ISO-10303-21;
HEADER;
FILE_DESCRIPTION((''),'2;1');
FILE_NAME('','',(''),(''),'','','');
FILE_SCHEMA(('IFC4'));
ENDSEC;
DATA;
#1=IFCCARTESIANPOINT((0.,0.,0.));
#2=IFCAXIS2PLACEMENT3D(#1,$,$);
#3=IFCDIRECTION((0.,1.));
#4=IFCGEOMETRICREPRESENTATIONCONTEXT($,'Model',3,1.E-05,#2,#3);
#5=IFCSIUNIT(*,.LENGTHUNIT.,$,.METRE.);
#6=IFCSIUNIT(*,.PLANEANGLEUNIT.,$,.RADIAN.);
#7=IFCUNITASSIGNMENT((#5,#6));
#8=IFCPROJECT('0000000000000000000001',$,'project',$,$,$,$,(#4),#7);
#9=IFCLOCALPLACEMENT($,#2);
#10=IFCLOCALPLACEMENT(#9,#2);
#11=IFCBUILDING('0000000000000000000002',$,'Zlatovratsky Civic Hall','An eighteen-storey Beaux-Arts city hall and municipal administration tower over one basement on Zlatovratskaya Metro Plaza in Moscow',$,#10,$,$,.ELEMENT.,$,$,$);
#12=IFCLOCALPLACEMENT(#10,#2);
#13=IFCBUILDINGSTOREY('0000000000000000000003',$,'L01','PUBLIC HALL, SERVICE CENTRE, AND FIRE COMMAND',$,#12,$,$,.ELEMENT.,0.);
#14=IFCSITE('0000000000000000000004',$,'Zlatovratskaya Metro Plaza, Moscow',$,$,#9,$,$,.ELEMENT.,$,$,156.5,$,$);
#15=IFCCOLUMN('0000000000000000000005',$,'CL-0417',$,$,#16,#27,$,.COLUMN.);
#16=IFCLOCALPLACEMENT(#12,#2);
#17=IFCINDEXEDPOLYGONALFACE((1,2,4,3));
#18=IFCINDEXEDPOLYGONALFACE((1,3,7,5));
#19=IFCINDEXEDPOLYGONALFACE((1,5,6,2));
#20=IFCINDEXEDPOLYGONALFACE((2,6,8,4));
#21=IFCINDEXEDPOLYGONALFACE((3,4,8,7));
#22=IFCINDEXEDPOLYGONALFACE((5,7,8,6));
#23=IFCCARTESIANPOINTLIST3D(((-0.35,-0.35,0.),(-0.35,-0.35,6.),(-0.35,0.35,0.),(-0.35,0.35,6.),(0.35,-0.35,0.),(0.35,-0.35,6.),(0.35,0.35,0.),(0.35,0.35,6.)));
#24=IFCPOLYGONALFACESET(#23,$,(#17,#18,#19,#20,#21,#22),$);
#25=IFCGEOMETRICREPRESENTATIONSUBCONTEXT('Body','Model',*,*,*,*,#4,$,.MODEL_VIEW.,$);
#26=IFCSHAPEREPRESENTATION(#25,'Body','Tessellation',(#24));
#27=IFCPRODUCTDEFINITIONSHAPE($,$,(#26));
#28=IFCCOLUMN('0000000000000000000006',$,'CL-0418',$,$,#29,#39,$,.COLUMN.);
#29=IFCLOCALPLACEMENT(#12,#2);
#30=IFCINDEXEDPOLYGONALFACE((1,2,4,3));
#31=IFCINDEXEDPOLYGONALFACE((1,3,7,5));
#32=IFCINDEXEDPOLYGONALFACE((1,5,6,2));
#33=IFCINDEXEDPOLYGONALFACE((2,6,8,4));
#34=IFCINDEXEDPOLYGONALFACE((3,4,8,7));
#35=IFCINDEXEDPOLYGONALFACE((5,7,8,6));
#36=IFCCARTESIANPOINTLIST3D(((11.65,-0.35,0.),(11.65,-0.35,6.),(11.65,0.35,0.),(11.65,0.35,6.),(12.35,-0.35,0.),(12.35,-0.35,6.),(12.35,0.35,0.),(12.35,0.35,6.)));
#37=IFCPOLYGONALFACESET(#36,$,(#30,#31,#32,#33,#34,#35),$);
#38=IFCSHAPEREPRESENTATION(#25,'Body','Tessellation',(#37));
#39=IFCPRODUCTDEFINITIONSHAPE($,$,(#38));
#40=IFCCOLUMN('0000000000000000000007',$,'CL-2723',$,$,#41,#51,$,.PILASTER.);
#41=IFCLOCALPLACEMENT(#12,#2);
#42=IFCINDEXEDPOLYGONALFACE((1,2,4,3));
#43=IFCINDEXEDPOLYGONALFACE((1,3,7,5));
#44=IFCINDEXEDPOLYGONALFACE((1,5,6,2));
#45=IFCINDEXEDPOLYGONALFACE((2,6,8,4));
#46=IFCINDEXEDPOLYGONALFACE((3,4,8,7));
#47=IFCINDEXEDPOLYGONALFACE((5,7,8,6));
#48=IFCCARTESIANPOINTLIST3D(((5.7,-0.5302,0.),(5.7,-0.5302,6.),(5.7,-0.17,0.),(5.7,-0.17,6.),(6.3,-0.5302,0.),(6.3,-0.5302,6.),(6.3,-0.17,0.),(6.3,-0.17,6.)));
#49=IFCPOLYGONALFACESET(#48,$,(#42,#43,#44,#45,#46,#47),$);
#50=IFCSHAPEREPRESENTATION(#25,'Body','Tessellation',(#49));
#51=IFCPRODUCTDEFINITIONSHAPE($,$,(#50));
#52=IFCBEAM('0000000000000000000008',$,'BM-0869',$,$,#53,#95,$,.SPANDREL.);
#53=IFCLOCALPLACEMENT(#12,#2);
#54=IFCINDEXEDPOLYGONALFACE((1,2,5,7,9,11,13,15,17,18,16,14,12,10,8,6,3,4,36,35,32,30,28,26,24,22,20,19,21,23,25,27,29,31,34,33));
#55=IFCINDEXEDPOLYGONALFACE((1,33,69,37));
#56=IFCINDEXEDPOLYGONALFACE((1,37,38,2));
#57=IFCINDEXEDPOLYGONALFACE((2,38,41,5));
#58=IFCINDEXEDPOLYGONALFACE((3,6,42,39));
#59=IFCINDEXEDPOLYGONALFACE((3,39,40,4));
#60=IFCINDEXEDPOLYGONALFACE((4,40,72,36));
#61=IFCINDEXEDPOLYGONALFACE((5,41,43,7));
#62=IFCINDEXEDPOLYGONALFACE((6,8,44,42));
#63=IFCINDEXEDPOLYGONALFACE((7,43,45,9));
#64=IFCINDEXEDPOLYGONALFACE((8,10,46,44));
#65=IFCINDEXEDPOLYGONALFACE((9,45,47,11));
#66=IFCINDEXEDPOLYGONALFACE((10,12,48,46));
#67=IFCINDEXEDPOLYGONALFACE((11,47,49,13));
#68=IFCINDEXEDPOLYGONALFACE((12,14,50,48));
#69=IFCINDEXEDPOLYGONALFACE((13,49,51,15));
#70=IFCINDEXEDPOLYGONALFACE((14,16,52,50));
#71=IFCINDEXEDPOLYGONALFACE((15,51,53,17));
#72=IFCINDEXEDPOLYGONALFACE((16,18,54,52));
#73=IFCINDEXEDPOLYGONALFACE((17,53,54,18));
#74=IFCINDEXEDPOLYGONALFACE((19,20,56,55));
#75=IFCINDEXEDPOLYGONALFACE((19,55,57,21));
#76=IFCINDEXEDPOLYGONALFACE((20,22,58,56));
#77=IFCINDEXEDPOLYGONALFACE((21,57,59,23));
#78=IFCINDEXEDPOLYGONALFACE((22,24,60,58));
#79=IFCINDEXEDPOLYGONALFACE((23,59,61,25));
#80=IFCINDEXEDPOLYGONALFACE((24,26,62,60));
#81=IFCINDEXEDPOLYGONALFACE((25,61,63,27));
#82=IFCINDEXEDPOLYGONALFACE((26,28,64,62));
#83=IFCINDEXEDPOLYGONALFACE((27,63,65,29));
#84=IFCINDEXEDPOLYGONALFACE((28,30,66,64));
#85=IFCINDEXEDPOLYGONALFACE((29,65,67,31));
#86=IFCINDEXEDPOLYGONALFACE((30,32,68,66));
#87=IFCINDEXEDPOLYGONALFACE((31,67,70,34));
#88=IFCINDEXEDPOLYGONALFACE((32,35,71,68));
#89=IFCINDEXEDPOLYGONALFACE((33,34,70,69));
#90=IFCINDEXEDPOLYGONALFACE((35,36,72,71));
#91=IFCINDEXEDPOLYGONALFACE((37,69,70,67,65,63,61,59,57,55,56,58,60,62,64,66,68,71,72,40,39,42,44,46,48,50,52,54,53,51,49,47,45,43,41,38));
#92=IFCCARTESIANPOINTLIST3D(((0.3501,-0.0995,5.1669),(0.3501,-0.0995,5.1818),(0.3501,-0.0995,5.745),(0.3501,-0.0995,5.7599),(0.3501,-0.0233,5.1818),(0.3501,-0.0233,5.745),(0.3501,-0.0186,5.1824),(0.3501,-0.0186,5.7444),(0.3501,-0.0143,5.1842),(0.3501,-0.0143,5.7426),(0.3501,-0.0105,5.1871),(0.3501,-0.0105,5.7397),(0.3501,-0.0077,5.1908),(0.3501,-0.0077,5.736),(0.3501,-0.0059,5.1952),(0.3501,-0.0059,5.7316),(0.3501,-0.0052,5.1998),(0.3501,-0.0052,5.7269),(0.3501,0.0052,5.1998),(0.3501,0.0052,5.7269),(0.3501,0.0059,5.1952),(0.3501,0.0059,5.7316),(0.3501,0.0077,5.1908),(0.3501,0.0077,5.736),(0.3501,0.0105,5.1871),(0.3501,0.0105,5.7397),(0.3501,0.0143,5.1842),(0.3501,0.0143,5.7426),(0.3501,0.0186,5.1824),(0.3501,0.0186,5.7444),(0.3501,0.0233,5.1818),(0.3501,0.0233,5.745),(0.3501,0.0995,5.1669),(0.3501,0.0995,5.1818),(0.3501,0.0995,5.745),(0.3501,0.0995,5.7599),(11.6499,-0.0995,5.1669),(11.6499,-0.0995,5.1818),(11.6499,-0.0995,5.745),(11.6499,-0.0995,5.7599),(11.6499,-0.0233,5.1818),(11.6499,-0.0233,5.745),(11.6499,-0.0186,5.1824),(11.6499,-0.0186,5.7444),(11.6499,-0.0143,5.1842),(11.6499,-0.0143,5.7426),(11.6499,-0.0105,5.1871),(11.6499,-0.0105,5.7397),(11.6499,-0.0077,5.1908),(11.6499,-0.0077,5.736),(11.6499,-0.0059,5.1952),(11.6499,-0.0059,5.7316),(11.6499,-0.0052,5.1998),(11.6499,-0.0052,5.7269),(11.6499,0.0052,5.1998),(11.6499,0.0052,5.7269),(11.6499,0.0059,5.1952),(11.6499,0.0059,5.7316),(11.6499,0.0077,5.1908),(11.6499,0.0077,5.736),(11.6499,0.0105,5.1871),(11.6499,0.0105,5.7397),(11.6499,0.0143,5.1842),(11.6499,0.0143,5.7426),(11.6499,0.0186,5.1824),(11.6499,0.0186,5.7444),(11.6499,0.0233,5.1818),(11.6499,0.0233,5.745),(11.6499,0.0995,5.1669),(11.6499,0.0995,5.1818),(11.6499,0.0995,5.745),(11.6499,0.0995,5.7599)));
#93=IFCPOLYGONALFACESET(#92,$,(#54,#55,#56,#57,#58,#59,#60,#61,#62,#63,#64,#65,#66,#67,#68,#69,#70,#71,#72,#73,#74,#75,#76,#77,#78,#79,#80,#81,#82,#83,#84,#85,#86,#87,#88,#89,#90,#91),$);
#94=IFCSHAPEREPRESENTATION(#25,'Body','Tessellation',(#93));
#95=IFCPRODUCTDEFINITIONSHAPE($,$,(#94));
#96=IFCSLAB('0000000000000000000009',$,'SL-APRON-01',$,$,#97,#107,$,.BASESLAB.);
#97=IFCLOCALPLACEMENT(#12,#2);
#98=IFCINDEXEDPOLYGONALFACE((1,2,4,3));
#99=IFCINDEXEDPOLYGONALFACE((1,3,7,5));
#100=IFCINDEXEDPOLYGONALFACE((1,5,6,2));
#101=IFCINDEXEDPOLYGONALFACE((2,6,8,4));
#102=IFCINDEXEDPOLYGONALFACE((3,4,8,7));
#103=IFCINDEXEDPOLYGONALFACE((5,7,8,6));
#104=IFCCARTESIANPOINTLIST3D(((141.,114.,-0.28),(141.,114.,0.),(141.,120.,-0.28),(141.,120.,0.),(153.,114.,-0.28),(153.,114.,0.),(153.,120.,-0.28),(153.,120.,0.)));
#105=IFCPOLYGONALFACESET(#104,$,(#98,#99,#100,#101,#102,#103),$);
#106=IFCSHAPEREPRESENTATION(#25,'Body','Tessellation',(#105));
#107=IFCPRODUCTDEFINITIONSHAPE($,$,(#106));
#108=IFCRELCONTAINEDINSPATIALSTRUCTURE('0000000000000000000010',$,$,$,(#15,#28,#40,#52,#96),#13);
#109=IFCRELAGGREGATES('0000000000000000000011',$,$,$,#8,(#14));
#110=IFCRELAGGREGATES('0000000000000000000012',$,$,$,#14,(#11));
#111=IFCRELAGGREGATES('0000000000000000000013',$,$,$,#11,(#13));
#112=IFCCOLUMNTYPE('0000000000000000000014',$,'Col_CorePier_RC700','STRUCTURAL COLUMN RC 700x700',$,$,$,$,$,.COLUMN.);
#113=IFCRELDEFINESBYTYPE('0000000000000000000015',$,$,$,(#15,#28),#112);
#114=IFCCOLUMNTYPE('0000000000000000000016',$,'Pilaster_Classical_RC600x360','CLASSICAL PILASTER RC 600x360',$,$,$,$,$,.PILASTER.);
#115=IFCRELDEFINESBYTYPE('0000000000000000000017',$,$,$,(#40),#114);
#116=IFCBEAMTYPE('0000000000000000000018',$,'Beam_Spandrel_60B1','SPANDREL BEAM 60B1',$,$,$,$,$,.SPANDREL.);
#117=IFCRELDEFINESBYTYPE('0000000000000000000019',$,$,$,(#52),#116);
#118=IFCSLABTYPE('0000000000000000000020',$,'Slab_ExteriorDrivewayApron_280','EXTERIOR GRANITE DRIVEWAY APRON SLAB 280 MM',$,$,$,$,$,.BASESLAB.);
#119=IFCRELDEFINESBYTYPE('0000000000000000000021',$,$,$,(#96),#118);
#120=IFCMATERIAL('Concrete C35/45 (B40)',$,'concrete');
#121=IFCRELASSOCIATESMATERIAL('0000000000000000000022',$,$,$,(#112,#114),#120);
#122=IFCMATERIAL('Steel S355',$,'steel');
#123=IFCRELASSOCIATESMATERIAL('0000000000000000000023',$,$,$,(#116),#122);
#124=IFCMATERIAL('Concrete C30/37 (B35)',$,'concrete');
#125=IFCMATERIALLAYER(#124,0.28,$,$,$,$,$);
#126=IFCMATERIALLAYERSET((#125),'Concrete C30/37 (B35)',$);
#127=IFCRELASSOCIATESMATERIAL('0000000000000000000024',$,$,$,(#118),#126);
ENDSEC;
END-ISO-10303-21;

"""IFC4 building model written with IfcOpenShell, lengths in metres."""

from ifc_helpers import new_model, si_unit, direction, frame, origin, origin_2d, place, context, subcontext, project, spatial, polyline, rectangle, i_section, outline, extrude, material, layer, layer_set, material_profile, profile_set, type_object, element, save


model = new_model("IFC4")

# Units and contexts
model_context = context("Model", 3, precision=1e-05, world=origin(), true_north=direction((0.0, 1.0)))
body_context = subcontext(model_context, "Body", "Model", "MODEL_VIEW")
ifc_project = project(units=[si_unit("LENGTHUNIT", "METRE"), si_unit("PLANEANGLEUNIT", "RADIAN")], contexts=[model_context])

# Site, building, storey
site_placement = place(None, origin())
site = spatial("IfcSite", under=ifc_project, at=site_placement, Name="Zlatovratskaya Metro Plaza, Moscow", CompositionType="ELEMENT", RefElevation=156.5)
building_placement = place(site_placement, origin())
building = spatial("IfcBuilding", under=site, at=building_placement, Name="Zlatovratsky Civic Hall", Description="An eighteen-storey Beaux-Arts city hall and municipal administration tower over one basement on Zlatovratskaya Metro Plaza in Moscow", CompositionType="ELEMENT")
storey_placement = place(building_placement, origin())
storey = spatial("IfcBuildingStorey", under=building, at=storey_placement, Name="L01", Description="PUBLIC HALL, SERVICE CENTRE, AND FIRE COMMAND", CompositionType="ELEMENT", Elevation=0.0)

# Columns
ifc_material_1 = material(Name="Concrete C35/45 (B40)", Category="concrete")
ifc_material_profile_1 = material_profile(ifc_material_1, rectangle(XDim=0.7, YDim=0.7, at=origin_2d()), Name="RC 700x700")
ifc_profile_set_1 = profile_set([ifc_material_profile_1], Name="Concrete C35/45 (B40)")
column_type_1 = type_object("IfcColumnType", Name="Col_CorePier_RC700", Description="STRUCTURAL COLUMN RC 700x700", PredefinedType="COLUMN", material=ifc_profile_set_1)
for number, where, z_axis, x_axis, name in (
    (1, (0.0, 0.0, 0.0), (0.0, 0.0, 1.0), (1.0, 0.0, 0.0), "CL-0417"),
    (2, (12.0, 0.0, 0.0), (0.0, 0.0, 1.0), (1.0, 0.0, 0.0), "CL-0418"),
):
    element("IfcColumn", number, at=place(storey_placement, frame(where, z_axis=z_axis, x_axis=x_axis)), inside=storey, type_object=column_type_1, Name=name, PredefinedType="COLUMN", context=body_context, shape_type="SweptSolid", body=[
        extrude(rectangle(XDim=0.7, YDim=0.7, at=origin_2d()), origin(), (0.0, 0.0, 1.0), 6.0),
    ])
ifc_material_profile_2 = material_profile(ifc_material_1, rectangle(XDim=0.6001, YDim=0.3601, at=origin_2d()), Name="RC 600x360")
ifc_profile_set_2 = profile_set([ifc_material_profile_2], Name="Concrete C35/45 (B40)")
column_type_2 = type_object("IfcColumnType", Name="Pilaster_Classical_RC600x360", Description="CLASSICAL PILASTER RC 600x360", PredefinedType="PILASTER", material=ifc_profile_set_2)
column_placement = place(storey_placement, frame((6.0, -0.3501, 0.0), z_axis=(0.0, 0.0, 1.0), x_axis=(1.0, 0.0, 0.0)))
element("IfcColumn", 3, at=column_placement, inside=storey, type_object=column_type_2, Name="CL-2723", PredefinedType="PILASTER", context=body_context, shape_type="SweptSolid", body=[
    extrude(rectangle(XDim=0.6001, YDim=0.3601, at=origin_2d()), origin(), (0.0, 0.0, 1.0), 6.0),
])

# Beam
ifc_material_2 = material(Name="Steel S355", Category="steel")
ifc_material_profile_3 = material_profile(ifc_material_2, i_section(OverallWidth=0.199, OverallDepth=0.593, WebThickness=0.0105, FlangeThickness=0.0149, FilletRadius=0.0181, at=origin_2d()), Name="60B1")
ifc_profile_set_3 = profile_set([ifc_material_profile_3], Name="Steel S355")
beam_type = type_object("IfcBeamType", Name="Beam_Spandrel_60B1", Description="SPANDREL BEAM 60B1", PredefinedType="SPANDREL", material=ifc_profile_set_3)
beam_placement = place(storey_placement, frame((0.3501, 0.0, 5.4634), z_axis=(1.0, 0.0, 0.0), x_axis=(0.0, 1.0, 0.0)))
element("IfcBeam", 4, at=beam_placement, inside=storey, type_object=beam_type, Name="BM-0869", PredefinedType="SPANDREL", context=body_context, shape_type="SweptSolid", body=[
    extrude(i_section(OverallWidth=0.199, OverallDepth=0.593, WebThickness=0.0105, FlangeThickness=0.0149, FilletRadius=0.0181, at=origin_2d()), origin(), (0.0, 0.0, 1.0), 11.2998),
])

# Slab
ifc_material_3 = material(Name="Concrete C30/37 (B35)", Category="concrete")
ifc_layer_1 = layer(ifc_material_3, 0.28)
ifc_layer_set_1 = layer_set([ifc_layer_1], Name="Concrete C30/37 (B35)")
slab_type_1 = type_object("IfcSlabType", Name="Slab_ExteriorDrivewayApron_280", Description="EXTERIOR GRANITE DRIVEWAY APRON SLAB 280 MM", PredefinedType="BASESLAB", material=ifc_layer_set_1)
slab_1_placement = place(storey_placement, frame((0.0, 0.0, -0.28)))
element("IfcSlab", 5, at=slab_1_placement, inside=storey, type_object=slab_type_1, Name="SL-APRON-01", PredefinedType="BASESLAB", context=body_context, shape_type="SweptSolid", body=[
    extrude(outline(polyline([(141.0, 114.0), (153.0, 114.0), (153.0, 120.0), (141.0, 120.0), (141.0, 114.0)])), origin(), (0.0, 0.0, 1.0), 0.28),
])

save(model, "model.ifc")
